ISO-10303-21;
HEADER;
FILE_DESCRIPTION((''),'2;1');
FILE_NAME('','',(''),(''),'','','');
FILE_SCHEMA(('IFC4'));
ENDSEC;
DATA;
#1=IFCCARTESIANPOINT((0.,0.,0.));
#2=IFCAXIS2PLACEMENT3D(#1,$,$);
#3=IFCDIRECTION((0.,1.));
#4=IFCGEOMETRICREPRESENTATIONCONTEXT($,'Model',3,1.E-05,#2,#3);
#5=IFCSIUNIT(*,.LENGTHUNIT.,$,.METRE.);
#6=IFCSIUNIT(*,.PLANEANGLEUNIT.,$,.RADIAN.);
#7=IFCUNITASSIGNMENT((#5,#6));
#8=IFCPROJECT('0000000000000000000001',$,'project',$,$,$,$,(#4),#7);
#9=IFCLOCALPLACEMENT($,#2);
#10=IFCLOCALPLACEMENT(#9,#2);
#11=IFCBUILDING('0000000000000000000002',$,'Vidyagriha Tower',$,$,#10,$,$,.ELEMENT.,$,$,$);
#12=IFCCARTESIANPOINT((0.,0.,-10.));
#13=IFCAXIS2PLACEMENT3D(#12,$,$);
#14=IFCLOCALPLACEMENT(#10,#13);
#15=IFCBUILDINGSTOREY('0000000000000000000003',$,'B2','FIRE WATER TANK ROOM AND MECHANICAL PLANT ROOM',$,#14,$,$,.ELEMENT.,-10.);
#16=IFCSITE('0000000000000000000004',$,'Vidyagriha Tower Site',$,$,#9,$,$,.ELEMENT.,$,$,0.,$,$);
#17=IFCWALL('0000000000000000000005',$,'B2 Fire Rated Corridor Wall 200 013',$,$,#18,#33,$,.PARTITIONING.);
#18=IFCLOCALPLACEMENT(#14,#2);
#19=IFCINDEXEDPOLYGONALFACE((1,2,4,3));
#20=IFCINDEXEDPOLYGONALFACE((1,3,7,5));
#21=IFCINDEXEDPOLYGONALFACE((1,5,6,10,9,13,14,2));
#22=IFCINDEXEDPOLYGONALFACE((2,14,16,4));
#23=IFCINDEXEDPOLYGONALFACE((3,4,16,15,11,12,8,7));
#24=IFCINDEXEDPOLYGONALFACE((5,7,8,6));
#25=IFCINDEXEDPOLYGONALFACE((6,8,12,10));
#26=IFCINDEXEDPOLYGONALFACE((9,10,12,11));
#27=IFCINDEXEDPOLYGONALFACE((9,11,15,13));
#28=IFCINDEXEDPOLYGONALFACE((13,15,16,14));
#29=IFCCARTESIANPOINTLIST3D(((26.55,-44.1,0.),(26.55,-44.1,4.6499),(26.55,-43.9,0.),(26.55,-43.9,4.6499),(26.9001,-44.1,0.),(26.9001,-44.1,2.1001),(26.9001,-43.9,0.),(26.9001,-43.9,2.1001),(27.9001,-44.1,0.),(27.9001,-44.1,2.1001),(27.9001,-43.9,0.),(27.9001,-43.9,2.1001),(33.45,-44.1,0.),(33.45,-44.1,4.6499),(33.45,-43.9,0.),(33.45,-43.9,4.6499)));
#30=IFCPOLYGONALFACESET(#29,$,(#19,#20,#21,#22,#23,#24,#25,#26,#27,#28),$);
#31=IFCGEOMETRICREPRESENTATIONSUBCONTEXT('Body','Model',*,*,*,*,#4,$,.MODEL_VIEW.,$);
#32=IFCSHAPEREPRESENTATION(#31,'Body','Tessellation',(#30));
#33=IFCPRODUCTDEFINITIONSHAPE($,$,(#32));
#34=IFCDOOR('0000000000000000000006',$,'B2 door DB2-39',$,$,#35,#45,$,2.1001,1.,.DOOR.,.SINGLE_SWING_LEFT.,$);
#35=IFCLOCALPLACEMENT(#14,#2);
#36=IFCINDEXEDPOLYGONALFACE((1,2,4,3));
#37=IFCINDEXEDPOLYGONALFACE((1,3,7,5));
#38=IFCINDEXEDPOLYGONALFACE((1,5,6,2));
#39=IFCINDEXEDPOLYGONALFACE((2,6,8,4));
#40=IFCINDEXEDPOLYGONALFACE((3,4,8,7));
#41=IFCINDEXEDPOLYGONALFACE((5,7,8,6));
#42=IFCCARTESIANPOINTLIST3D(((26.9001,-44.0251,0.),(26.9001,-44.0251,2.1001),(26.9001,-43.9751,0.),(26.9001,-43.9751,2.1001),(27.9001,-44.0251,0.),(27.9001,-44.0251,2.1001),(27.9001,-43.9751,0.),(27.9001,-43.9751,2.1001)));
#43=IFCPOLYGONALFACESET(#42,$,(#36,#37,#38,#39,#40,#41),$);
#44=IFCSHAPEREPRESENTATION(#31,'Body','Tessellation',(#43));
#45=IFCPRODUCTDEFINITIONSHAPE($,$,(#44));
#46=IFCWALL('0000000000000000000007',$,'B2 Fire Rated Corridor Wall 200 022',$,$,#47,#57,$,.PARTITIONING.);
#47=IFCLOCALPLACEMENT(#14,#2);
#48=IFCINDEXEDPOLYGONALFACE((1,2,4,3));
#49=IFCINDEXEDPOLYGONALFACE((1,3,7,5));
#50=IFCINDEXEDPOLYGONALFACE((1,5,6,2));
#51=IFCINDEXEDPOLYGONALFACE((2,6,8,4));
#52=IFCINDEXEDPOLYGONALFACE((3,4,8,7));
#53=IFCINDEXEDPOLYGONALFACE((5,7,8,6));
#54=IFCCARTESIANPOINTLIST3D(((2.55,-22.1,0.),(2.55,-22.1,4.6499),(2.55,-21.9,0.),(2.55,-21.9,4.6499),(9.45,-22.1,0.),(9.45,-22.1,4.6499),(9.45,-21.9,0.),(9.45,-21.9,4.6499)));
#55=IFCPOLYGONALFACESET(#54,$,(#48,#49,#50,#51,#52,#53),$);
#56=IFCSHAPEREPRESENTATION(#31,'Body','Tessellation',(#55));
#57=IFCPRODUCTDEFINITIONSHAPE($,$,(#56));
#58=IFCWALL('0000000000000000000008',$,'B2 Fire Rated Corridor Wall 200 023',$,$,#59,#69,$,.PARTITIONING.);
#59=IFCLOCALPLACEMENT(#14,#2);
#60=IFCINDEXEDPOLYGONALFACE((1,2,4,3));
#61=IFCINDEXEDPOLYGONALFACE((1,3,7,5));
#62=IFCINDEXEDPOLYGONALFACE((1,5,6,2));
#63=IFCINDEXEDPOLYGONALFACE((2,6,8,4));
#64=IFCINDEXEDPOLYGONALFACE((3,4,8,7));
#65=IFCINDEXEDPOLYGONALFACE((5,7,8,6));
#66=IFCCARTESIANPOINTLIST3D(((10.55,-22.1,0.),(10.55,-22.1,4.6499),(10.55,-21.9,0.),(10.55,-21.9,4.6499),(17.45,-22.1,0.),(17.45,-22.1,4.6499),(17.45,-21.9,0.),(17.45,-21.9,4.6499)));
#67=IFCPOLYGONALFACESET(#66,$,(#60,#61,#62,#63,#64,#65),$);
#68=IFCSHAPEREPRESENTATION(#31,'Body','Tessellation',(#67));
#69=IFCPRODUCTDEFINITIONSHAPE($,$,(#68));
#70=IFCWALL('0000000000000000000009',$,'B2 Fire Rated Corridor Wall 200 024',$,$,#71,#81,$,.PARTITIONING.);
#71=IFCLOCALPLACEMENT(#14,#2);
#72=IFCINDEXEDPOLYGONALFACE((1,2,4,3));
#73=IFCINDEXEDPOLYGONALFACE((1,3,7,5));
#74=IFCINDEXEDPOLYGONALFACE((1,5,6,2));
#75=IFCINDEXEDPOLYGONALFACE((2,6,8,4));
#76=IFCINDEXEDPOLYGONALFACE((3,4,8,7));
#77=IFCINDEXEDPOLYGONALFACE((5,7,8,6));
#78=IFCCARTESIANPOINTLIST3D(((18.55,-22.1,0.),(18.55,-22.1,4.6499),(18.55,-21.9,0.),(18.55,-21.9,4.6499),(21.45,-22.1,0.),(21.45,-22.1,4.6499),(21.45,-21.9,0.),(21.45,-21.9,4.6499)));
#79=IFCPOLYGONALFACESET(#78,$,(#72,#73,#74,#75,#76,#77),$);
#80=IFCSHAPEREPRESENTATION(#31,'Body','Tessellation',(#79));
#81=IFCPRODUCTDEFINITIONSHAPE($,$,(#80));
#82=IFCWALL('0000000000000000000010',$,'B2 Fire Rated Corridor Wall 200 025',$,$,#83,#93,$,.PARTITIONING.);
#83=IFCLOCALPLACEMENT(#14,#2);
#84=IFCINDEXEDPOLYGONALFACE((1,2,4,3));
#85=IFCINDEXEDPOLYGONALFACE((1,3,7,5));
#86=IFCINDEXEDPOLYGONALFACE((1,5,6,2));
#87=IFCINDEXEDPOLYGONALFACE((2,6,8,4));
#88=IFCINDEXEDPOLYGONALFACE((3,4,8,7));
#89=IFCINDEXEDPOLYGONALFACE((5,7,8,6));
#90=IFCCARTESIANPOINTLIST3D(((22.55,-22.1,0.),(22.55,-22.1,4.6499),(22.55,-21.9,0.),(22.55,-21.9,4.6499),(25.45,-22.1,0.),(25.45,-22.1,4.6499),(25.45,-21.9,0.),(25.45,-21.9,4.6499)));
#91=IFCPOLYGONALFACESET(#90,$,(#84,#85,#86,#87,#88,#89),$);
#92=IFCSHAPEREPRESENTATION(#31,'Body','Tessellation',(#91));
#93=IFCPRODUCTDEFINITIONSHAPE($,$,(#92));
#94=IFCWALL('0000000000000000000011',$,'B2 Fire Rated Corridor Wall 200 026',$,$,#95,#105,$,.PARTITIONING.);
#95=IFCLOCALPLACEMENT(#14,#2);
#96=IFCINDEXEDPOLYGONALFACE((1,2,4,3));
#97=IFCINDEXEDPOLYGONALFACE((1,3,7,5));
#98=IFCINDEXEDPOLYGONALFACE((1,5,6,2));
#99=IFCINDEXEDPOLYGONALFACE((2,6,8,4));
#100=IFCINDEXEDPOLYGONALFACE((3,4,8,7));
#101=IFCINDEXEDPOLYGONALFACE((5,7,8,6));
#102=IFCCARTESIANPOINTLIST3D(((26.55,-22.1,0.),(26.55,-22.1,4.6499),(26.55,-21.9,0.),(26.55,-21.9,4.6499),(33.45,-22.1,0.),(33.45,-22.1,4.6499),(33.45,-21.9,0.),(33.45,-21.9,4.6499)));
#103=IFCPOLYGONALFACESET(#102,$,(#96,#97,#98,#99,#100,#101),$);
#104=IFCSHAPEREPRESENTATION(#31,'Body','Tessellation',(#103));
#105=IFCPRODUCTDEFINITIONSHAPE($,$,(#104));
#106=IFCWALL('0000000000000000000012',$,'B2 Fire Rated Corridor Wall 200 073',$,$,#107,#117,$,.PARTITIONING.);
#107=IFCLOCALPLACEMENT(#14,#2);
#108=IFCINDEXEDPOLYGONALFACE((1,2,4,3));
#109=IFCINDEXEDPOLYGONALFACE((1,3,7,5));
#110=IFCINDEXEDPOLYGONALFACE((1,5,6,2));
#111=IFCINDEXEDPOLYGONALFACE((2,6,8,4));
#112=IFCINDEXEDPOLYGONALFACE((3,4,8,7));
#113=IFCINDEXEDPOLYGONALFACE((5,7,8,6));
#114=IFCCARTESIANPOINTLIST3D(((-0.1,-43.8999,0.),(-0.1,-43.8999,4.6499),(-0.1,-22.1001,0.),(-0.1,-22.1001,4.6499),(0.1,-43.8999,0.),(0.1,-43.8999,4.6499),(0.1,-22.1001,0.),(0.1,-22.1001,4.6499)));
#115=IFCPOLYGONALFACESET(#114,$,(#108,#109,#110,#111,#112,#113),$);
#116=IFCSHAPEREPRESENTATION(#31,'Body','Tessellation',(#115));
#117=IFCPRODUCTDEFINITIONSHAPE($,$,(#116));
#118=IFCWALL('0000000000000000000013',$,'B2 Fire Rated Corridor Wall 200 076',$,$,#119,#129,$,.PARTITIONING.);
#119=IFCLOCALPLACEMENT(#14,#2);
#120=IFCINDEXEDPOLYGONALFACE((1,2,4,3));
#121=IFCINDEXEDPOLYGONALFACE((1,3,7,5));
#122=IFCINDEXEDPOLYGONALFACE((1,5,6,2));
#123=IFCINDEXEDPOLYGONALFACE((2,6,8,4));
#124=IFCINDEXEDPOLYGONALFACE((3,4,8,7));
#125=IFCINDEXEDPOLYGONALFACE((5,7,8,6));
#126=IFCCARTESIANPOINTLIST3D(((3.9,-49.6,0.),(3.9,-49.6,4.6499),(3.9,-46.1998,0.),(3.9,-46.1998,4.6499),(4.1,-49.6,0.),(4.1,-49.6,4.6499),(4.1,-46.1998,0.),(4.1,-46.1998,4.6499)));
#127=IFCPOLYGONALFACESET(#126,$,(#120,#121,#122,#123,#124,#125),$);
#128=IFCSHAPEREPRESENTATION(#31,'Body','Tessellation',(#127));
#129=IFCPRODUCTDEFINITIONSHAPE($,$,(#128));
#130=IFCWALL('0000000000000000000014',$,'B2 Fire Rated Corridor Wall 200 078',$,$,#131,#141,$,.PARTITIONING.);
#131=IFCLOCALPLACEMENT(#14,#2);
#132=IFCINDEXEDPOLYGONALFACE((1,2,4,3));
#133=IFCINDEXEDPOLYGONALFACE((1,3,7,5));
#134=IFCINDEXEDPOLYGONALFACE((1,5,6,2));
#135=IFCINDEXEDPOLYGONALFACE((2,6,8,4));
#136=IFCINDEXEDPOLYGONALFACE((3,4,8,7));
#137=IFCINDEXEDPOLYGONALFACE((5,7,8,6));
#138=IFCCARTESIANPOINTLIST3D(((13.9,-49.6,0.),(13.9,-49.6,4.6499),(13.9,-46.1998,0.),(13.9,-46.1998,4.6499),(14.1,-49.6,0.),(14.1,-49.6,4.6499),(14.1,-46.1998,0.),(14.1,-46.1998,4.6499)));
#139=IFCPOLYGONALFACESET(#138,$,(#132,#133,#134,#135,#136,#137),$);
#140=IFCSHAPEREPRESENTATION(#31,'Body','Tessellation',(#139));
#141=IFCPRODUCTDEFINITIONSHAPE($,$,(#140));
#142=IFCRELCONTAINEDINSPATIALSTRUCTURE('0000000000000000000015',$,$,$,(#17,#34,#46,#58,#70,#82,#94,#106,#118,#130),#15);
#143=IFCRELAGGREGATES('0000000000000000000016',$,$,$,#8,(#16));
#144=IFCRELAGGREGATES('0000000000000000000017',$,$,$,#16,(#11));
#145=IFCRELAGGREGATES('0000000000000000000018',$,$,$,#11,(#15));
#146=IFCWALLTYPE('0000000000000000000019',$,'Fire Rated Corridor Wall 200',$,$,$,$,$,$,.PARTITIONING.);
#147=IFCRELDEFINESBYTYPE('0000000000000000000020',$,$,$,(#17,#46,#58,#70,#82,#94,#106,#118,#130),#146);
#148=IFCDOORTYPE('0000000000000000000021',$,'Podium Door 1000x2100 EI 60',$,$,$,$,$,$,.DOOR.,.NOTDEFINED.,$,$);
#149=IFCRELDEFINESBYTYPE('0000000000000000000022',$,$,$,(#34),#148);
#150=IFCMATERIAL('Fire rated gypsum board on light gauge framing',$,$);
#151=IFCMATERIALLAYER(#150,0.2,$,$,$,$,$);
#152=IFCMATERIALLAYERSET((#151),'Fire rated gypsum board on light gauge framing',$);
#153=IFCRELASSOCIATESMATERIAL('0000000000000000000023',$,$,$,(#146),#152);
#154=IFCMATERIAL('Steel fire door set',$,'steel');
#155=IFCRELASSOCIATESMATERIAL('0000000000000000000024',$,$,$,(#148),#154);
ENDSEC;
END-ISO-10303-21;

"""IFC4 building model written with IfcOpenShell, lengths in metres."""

from ifc_helpers import new_model, si_unit, direction, frame, frame_2d, origin, place, context, subcontext, project, spatial, rectangle, extrude, material, layer, layer_set, type_object, element, fill, save


model = new_model("IFC4")

# Units and contexts
model_context = context("Model", 3, precision=1e-05, world=origin(), true_north=direction((0.0, 1.0)))
body_context = subcontext(model_context, "Body", "Model", "MODEL_VIEW")
ifc_project = project(units=[si_unit("LENGTHUNIT", "METRE"), si_unit("PLANEANGLEUNIT", "RADIAN")], contexts=[model_context])

# Site, building, storey
site_placement = place(None, origin())
site = spatial("IfcSite", under=ifc_project, at=site_placement, Name="Vidyagriha Tower Site", CompositionType="ELEMENT", RefElevation=0.0)
building_placement = place(site_placement, origin())
building = spatial("IfcBuilding", under=site, at=building_placement, Name="Vidyagriha Tower", CompositionType="ELEMENT")
storey_placement = place(building_placement, frame((0.0, 0.0, -10.0)))
storey = spatial("IfcBuildingStorey", under=building, at=storey_placement, Name="B2", Description="FIRE WATER TANK ROOM AND MECHANICAL PLANT ROOM", CompositionType="ELEMENT", Elevation=-10.0)

# Shared definitions
ifc_material_1 = material(Name="Fire rated gypsum board on light gauge framing")
ifc_layer = layer(ifc_material_1, 0.2)
ifc_layer_set = layer_set([ifc_layer], Name="Fire rated gypsum board on light gauge framing")
wall_type = type_object("IfcWallType", Name="Fire Rated Corridor Wall 200", PredefinedType="PARTITIONING", material=ifc_layer_set)

# Wall, opening, door
wall_1_placement = place(storey_placement, frame((26.55, -44.0, 0.0)))
wall_1 = element("IfcWall", 1, at=wall_1_placement, inside=storey, type_object=wall_type, Name="B2 Fire Rated Corridor Wall 200 013", PredefinedType="PARTITIONING", context=body_context, shape_type="SweptSolid", body=[
    extrude(rectangle(XDim=6.8999, YDim=0.2, at=frame_2d((3.45, 0.0))), origin(), (0.0, 0.0, 1.0), 4.6499),
])
opening_placement = place(wall_1_placement, frame((0.3501, 0.0, 0.0)))
opening = element("IfcOpeningElement", 2, at=opening_placement, cuts=wall_1, PredefinedType="OPENING", context=body_context, shape_type="SweptSolid", body=[
    extrude(rectangle(XDim=1.0, YDim=2.1001, at=frame_2d((0.5, 1.05))), frame((0.0, 0.1099, 0.0), z_axis=(0.0, -1.0, 0.0), x_axis=(1.0, 0.0, 0.0)), (0.0, 0.0, 1.0), 0.22),
])
ifc_material_2 = material(Name="Steel fire door set", Category="steel")
door_type = type_object("IfcDoorType", Name="Podium Door 1000x2100 EI 60", OperationType="NOTDEFINED", PredefinedType="DOOR", material=ifc_material_2)
door_placement = place(opening_placement, origin())
door = element("IfcDoor", 3, at=door_placement, inside=storey, type_object=door_type, Name="B2 door DB2-39", OperationType="SINGLE_SWING_LEFT", OverallHeight=2.1001, OverallWidth=1.0, PredefinedType="DOOR", context=body_context, shape_type="SweptSolid", body=[
    extrude(rectangle(XDim=1.0, YDim=2.1001, at=frame_2d((0.5, 1.05))), frame((0.0, 0.0249, 0.0), z_axis=(0.0, -1.0, 0.0), x_axis=(1.0, 0.0, 0.0)), (0.0, 0.0, 1.0), 0.05),
])
fill(opening, door)

# Walls
for number, where, name in (
    (4, (2.55, -22.0, 0.0), "B2 Fire Rated Corridor Wall 200 022"),
    (5, (10.55, -22.0, 0.0), "B2 Fire Rated Corridor Wall 200 023"),
):
    element("IfcWall", number, at=place(storey_placement, frame(where)), inside=storey, type_object=wall_type, Name=name, PredefinedType="PARTITIONING", context=body_context, shape_type="SweptSolid", body=[
        extrude(rectangle(XDim=6.8999, YDim=0.2, at=frame_2d((3.45, 0.0))), origin(), (0.0, 0.0, 1.0), 4.6499),
    ])
for number, where, name in (
    (6, (18.55, -22.0, 0.0), "B2 Fire Rated Corridor Wall 200 024"),
    (7, (22.55, -22.0, 0.0), "B2 Fire Rated Corridor Wall 200 025"),
):
    element("IfcWall", number, at=place(storey_placement, frame(where)), inside=storey, type_object=wall_type, Name=name, PredefinedType="PARTITIONING", context=body_context, shape_type="SweptSolid", body=[
        extrude(rectangle(XDim=2.8999, YDim=0.2, at=frame_2d((1.45, 0.0))), origin(), (0.0, 0.0, 1.0), 4.6499),
    ])
wall_2_placement = place(storey_placement, frame((26.55, -22.0, 0.0)))
element("IfcWall", 8, at=wall_2_placement, inside=storey, type_object=wall_type, Name="B2 Fire Rated Corridor Wall 200 026", PredefinedType="PARTITIONING", context=body_context, shape_type="SweptSolid", body=[
    extrude(rectangle(XDim=6.8999, YDim=0.2, at=frame_2d((3.45, 0.0))), origin(), (0.0, 0.0, 1.0), 4.6499),
])
wall_3_placement = place(storey_placement, frame((0.0, -43.8999, 0.0), z_axis=(0.0, 0.0, 1.0), x_axis=(0.0, 1.0, 0.0)))
element("IfcWall", 9, at=wall_3_placement, inside=storey, type_object=wall_type, Name="B2 Fire Rated Corridor Wall 200 073", PredefinedType="PARTITIONING", context=body_context, shape_type="SweptSolid", body=[
    extrude(rectangle(XDim=21.7998, YDim=0.2, at=frame_2d((10.8999, 0.0))), origin(), (0.0, 0.0, 1.0), 4.6499),
])
for number, where, z_axis, x_axis, name in (
    (10, (4.0, -49.6001, 0.0), (0.0, 0.0, 1.0), (0.0, 1.0, 0.0), "B2 Fire Rated Corridor Wall 200 076"),
    (11, (14.0, -49.6001, 0.0), (0.0, 0.0, 1.0), (0.0, 1.0, 0.0), "B2 Fire Rated Corridor Wall 200 078"),
):
    element("IfcWall", number, at=place(storey_placement, frame(where, z_axis=z_axis, x_axis=x_axis)), inside=storey, type_object=wall_type, Name=name, PredefinedType="PARTITIONING", context=body_context, shape_type="SweptSolid", body=[
        extrude(rectangle(XDim=3.4001, YDim=0.2, at=frame_2d((1.7002, 0.0))), origin(), (0.0, 0.0, 1.0), 4.6499),
    ])

save(model, "model.ifc")
